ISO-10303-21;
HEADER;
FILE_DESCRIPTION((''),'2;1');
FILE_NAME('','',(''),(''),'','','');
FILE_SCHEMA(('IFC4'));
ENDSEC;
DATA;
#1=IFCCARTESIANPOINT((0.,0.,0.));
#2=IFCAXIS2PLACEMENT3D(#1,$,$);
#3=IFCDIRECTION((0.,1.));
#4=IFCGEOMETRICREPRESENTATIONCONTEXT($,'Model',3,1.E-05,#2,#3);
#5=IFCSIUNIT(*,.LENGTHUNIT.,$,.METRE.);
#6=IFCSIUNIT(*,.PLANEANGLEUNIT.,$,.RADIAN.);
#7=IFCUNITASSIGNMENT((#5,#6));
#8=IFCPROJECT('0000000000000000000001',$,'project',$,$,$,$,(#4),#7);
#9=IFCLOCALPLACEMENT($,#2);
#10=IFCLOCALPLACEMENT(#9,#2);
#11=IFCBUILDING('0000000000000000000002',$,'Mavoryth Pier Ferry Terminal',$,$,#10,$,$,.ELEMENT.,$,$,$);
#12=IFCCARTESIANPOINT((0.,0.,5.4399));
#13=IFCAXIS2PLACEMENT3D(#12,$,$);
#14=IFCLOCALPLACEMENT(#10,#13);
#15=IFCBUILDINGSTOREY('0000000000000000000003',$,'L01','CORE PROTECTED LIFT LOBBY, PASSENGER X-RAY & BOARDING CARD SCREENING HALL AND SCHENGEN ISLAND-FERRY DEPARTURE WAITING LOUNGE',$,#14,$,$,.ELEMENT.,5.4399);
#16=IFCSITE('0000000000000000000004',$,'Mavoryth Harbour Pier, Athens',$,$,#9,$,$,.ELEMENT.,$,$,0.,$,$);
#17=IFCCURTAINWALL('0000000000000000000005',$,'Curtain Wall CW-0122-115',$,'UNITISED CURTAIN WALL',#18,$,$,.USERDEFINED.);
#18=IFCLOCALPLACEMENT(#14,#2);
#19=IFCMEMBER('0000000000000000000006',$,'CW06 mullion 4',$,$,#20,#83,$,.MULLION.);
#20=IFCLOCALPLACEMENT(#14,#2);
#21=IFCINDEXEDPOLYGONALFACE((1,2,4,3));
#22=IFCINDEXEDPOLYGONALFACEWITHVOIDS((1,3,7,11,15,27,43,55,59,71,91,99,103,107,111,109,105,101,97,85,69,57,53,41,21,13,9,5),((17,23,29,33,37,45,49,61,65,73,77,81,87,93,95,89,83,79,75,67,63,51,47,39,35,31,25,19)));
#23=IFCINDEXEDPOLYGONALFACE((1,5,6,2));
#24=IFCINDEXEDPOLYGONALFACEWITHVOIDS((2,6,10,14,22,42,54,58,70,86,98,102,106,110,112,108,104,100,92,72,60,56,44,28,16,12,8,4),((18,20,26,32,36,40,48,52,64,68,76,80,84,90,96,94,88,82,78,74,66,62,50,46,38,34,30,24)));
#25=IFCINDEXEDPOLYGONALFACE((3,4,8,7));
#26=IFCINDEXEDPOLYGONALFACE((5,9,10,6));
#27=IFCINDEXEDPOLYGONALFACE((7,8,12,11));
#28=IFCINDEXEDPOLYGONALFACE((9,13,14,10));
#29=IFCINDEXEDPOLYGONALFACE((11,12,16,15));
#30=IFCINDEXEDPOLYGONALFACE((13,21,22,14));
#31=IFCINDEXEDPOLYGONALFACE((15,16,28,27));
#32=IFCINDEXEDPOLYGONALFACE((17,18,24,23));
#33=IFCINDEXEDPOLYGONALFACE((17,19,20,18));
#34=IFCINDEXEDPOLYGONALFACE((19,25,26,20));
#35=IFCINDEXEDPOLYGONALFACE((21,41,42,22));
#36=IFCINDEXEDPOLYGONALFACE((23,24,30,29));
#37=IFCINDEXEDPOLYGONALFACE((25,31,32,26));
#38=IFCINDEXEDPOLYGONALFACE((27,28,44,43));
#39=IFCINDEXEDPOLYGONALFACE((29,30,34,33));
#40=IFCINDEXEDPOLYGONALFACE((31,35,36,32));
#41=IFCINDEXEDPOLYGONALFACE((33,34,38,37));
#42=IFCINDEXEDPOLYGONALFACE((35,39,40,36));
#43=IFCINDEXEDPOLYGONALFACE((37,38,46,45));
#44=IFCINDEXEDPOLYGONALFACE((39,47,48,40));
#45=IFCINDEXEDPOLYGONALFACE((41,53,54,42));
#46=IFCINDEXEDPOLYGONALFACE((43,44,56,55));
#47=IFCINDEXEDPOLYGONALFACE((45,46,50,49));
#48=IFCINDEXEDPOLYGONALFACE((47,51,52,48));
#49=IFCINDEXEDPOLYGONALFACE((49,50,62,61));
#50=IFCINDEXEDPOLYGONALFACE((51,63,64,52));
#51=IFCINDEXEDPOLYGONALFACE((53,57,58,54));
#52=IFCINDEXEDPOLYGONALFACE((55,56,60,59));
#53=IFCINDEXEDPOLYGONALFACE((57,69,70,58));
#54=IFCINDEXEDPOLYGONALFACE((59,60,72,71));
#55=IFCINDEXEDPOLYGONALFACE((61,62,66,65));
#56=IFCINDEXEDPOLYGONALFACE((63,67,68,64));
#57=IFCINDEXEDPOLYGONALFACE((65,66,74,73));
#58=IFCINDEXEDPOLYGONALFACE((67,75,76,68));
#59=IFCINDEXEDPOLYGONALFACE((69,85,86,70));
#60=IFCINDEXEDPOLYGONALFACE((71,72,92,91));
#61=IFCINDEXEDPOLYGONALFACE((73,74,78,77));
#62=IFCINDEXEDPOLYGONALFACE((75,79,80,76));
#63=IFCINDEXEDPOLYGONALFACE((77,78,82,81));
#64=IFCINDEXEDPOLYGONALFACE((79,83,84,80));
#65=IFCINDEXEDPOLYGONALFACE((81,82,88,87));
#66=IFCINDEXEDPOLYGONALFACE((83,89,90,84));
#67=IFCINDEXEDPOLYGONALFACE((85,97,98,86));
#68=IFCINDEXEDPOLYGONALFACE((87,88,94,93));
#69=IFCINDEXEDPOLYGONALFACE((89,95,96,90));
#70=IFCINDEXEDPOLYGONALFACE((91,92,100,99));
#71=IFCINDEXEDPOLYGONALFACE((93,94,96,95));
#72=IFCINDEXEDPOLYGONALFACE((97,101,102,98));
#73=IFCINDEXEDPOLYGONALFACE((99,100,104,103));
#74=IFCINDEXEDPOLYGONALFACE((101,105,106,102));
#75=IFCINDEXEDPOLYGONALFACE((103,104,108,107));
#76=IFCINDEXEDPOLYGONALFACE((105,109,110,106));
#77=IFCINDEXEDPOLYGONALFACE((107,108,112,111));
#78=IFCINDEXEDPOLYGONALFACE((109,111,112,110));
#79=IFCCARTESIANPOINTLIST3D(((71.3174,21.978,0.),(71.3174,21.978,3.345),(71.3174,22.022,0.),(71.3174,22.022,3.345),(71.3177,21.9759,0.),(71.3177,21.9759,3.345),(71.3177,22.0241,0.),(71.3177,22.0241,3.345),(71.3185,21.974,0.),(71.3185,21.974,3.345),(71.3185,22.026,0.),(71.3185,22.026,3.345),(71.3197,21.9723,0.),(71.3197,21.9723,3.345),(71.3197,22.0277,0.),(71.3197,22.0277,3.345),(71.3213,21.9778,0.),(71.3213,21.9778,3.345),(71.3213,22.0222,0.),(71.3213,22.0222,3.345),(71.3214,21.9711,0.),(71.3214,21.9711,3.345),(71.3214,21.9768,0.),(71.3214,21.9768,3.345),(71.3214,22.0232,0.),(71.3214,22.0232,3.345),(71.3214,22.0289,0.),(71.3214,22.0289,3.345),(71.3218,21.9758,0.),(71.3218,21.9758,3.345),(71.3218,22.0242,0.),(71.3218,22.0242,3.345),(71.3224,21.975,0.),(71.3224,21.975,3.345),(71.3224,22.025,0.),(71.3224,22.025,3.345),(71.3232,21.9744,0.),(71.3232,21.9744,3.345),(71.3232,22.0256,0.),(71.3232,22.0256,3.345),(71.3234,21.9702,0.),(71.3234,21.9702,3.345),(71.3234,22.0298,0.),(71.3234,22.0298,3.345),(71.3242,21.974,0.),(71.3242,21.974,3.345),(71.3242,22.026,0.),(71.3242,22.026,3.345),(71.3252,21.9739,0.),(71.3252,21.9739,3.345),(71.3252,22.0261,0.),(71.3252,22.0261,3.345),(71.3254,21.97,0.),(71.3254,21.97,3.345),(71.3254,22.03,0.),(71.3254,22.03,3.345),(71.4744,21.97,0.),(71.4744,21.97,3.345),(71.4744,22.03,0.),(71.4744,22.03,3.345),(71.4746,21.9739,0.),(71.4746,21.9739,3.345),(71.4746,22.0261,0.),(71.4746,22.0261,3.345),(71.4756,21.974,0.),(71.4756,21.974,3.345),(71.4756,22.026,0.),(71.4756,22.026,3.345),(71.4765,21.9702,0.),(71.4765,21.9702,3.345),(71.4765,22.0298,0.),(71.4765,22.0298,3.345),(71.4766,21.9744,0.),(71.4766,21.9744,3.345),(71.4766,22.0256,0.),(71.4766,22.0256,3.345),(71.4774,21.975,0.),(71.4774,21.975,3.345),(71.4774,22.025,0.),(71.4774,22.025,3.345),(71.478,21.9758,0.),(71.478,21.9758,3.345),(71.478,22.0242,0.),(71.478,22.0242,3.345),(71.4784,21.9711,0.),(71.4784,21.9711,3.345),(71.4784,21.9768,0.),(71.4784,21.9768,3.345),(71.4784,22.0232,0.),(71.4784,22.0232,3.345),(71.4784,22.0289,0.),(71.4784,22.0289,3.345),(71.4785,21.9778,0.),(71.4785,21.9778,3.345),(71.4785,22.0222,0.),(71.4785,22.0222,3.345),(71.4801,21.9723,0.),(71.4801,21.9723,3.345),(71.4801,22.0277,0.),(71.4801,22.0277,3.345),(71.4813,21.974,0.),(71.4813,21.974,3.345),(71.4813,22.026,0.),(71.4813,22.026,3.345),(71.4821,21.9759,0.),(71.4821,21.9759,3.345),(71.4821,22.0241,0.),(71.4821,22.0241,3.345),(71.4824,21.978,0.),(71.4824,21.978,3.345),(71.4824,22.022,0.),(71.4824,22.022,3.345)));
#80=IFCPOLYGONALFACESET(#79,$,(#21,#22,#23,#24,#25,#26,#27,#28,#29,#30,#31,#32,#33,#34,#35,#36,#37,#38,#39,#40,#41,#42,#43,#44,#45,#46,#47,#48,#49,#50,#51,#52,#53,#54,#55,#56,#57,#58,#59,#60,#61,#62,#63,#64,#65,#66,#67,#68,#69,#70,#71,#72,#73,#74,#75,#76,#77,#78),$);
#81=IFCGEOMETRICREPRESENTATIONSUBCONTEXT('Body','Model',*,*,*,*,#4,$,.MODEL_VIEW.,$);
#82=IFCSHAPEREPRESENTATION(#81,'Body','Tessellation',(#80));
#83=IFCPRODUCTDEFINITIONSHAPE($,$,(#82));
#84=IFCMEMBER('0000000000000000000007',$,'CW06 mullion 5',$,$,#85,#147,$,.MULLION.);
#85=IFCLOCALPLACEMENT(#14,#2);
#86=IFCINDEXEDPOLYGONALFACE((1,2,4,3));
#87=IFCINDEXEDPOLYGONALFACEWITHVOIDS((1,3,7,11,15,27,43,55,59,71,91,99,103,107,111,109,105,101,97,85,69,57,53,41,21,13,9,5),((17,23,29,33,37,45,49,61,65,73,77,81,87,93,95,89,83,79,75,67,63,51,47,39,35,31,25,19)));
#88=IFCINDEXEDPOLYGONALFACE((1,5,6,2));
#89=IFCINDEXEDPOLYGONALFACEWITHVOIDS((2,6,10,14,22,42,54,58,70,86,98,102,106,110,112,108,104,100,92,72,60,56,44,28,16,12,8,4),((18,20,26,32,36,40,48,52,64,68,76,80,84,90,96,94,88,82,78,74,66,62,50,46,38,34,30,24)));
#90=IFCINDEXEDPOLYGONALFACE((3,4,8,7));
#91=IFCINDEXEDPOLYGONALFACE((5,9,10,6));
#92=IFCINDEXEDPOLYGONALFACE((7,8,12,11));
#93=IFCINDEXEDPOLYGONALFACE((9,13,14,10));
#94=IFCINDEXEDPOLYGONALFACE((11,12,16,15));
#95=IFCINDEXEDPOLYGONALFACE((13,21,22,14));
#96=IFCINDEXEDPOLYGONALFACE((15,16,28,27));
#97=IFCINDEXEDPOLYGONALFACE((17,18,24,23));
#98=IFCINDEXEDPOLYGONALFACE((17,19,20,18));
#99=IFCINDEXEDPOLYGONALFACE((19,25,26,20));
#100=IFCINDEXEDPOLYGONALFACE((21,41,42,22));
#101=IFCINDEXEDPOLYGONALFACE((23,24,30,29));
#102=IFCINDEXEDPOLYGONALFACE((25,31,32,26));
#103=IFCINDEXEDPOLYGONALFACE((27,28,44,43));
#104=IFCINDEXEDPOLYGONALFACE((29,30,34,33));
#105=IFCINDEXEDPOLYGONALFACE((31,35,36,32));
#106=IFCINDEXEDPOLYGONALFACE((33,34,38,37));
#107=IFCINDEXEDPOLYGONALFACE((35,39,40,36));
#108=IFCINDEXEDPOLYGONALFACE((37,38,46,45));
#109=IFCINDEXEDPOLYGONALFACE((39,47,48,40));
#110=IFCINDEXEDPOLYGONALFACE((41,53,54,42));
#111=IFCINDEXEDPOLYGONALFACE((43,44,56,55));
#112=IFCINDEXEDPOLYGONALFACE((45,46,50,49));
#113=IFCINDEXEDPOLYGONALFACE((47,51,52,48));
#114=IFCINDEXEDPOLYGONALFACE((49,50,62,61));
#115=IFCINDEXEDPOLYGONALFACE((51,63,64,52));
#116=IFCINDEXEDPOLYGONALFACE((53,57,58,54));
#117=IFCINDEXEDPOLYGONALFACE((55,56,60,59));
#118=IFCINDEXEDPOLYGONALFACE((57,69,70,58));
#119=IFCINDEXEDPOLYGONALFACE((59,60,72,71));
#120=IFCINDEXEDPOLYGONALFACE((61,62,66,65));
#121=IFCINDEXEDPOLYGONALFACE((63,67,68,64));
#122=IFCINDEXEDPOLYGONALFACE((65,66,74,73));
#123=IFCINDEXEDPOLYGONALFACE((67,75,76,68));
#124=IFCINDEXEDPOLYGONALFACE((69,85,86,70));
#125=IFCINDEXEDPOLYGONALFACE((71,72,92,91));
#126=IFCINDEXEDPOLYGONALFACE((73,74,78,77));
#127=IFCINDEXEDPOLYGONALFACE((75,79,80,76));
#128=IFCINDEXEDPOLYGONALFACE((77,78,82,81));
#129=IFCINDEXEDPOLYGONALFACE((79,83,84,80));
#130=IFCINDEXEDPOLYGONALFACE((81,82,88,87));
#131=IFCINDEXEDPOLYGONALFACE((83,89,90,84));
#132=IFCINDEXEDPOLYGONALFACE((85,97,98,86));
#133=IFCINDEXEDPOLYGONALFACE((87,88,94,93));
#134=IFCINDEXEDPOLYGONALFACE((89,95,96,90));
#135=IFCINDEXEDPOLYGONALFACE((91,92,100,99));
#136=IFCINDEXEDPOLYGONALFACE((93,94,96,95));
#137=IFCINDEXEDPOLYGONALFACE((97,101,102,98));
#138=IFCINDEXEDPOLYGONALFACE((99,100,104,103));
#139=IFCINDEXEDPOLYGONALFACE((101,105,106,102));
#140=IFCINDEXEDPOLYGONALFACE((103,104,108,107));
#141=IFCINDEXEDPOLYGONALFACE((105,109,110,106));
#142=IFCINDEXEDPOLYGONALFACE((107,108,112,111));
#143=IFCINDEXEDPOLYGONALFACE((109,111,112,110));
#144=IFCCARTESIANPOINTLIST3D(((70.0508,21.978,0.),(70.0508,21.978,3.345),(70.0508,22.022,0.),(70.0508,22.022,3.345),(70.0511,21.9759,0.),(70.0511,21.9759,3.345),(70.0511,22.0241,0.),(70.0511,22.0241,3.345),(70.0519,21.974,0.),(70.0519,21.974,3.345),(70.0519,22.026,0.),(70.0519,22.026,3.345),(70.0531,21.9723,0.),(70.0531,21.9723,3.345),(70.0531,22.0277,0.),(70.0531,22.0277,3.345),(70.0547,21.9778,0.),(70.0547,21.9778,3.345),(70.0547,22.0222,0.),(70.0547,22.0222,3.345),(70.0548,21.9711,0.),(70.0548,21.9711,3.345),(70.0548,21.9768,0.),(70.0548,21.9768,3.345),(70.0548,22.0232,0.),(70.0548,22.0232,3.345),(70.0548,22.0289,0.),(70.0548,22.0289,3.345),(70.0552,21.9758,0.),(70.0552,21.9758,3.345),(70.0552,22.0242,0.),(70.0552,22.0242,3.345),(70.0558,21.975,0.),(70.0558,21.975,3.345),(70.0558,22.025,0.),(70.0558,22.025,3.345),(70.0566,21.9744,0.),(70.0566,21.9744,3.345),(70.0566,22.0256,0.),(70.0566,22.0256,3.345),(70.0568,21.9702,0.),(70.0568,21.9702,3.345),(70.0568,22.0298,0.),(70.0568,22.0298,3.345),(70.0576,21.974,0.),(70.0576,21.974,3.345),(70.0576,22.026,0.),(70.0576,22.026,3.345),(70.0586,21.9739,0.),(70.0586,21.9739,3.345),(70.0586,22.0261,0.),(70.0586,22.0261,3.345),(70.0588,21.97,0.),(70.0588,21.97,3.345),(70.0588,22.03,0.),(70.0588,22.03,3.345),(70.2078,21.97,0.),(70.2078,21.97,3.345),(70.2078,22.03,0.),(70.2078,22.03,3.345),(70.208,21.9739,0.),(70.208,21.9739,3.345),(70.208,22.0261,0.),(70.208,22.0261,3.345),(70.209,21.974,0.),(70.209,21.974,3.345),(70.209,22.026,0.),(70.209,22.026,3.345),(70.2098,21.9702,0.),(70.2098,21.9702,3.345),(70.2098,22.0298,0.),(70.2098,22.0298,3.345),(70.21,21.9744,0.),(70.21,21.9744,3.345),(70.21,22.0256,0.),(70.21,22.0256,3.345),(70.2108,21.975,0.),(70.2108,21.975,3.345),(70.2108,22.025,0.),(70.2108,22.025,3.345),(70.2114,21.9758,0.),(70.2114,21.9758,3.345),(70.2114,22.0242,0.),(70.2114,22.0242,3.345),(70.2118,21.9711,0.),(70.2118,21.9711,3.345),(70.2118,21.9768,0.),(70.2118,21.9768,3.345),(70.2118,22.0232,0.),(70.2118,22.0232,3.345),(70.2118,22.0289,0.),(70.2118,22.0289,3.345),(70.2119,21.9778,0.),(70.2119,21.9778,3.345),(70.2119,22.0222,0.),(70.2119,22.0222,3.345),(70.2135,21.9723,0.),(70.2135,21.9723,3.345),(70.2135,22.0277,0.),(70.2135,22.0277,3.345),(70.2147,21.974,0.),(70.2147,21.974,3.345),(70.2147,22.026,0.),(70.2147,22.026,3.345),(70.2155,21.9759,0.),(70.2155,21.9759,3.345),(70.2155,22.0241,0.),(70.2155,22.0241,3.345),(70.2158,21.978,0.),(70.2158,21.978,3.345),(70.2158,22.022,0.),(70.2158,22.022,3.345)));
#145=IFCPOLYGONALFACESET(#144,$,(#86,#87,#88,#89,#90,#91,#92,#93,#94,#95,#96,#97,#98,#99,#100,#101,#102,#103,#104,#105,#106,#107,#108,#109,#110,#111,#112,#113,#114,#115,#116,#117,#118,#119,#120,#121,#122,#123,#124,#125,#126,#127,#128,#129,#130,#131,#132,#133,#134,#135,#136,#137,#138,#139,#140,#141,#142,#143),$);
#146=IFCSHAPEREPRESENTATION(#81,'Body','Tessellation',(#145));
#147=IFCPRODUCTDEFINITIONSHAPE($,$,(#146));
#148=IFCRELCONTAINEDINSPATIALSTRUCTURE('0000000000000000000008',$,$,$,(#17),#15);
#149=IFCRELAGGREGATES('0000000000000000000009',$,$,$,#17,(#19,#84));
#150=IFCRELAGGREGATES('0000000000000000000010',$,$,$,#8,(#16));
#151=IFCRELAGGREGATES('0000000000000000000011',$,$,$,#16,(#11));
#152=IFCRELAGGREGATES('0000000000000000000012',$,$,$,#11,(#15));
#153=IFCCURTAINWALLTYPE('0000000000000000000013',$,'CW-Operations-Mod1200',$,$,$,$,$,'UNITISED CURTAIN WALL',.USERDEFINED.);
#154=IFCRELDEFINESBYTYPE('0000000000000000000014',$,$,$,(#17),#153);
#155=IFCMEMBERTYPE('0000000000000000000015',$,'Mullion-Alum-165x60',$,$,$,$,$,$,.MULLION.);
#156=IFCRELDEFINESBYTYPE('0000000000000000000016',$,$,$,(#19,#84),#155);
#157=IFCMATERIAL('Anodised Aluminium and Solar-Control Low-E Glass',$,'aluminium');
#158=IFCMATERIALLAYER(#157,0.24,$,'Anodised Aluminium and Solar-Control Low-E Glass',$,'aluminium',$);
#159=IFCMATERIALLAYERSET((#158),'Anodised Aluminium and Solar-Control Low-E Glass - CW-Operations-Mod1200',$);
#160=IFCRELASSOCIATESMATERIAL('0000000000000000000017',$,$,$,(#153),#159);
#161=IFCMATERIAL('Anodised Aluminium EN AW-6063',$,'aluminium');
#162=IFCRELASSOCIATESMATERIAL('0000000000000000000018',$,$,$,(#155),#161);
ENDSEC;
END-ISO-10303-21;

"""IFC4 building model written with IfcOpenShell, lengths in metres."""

from ifc_helpers import new_model, si_unit, direction, frame, origin, origin_2d, place, context, subcontext, project, spatial, hollow_rectangle, extrude, material, layer, layer_set, material_profile, profile_set, type_object, element, aggregate, save


model = new_model("IFC4")

# Units and contexts
model_context = context("Model", 3, precision=1e-05, world=origin(), true_north=direction((0.0, 1.0)))
body_context = subcontext(model_context, "Body", "Model", "MODEL_VIEW")
ifc_project = project(units=[si_unit("LENGTHUNIT", "METRE"), si_unit("PLANEANGLEUNIT", "RADIAN")], contexts=[model_context])

# Site, building, storey
site_placement = place(None, origin())
site = spatial("IfcSite", under=ifc_project, at=site_placement, Name="Mavoryth Harbour Pier, Athens", CompositionType="ELEMENT", RefElevation=0.0)
building_placement = place(site_placement, origin())
building = spatial("IfcBuilding", under=site, at=building_placement, Name="Mavoryth Pier Ferry Terminal", CompositionType="ELEMENT")
storey_placement = place(building_placement, frame((0.0, 0.0, 5.4399)))
storey = spatial("IfcBuildingStorey", under=building, at=storey_placement, Name="L01", Description="CORE PROTECTED LIFT LOBBY, PASSENGER X-RAY & BOARDING CARD SCREENING HALL AND SCHENGEN ISLAND-FERRY DEPARTURE WAITING LOUNGE", CompositionType="ELEMENT", Elevation=5.4399)

# Curtain wall, members
ifc_material_1 = material(Name="Anodised Aluminium and Solar-Control Low-E Glass", Category="aluminium")
ifc_layer_1 = layer(ifc_material_1, 0.24, Name="Anodised Aluminium and Solar-Control Low-E Glass", Category="aluminium")
ifc_layer_set_1 = layer_set([ifc_layer_1], Name="Anodised Aluminium and Solar-Control Low-E Glass - CW-Operations-Mod1200")
curtain_wall_type = type_object("IfcCurtainWallType", Name="CW-Operations-Mod1200", ElementType="UNITISED CURTAIN WALL", PredefinedType="USERDEFINED", material=ifc_layer_set_1)
ifc_material_2 = material(Name="Anodised Aluminium EN AW-6063", Category="aluminium")
ifc_material_profile_1 = material_profile(ifc_material_2, hollow_rectangle(XDim=0.0601, YDim=0.165, WallThickness=0.0039, InnerFilletRadius=0.0039, OuterFilletRadius=0.0081, at=origin_2d()), Name="AL-MULL 165x60x4", Category="aluminium")
ifc_profile_set_1 = profile_set([ifc_material_profile_1], Name="Anodised Aluminium EN AW-6063 - AL-MULL 165x60x4")
member_type_1 = type_object("IfcMemberType", Name="Mullion-Alum-165x60", PredefinedType="MULLION", material=ifc_profile_set_1)
curtain_wall_1_placement = place(storey_placement, origin())
curtain_wall_1 = element("IfcCurtainWall", 1, at=curtain_wall_1_placement, inside=storey, type_object=curtain_wall_type, Name="Curtain Wall CW-0122-115", ObjectType="UNITISED CURTAIN WALL", PredefinedType="USERDEFINED")
member_1_placement = place(storey_placement, frame((71.3999, 22.0, 0.0), z_axis=(0.0, 0.0, 1.0), x_axis=(0.0, -1.0, 0.0)))
member_1 = element("IfcMember", 2, at=member_1_placement, type_object=member_type_1, Name="CW06 mullion 4", PredefinedType="MULLION", context=body_context, shape_type="SweptSolid", body=[
    extrude(hollow_rectangle(XDim=0.0601, YDim=0.165, WallThickness=0.0039, InnerFilletRadius=0.0039, OuterFilletRadius=0.0081, at=origin_2d()), origin(), (0.0, 0.0, 1.0), 3.345),
])
member_2_placement = place(storey_placement, frame((70.1333, 22.0, 0.0), z_axis=(0.0, 0.0, 1.0), x_axis=(0.0, -1.0, 0.0)))
member_2 = element("IfcMember", 3, at=member_2_placement, type_object=member_type_1, Name="CW06 mullion 5", PredefinedType="MULLION", context=body_context, shape_type="SweptSolid", body=[
    extrude(hollow_rectangle(XDim=0.0601, YDim=0.165, WallThickness=0.0039, InnerFilletRadius=0.0039, OuterFilletRadius=0.0081, at=origin_2d()), origin(), (0.0, 0.0, 1.0), 3.345),
])

aggregate(curtain_wall_1, [member_1, member_2])

save(model, "model.ifc")
